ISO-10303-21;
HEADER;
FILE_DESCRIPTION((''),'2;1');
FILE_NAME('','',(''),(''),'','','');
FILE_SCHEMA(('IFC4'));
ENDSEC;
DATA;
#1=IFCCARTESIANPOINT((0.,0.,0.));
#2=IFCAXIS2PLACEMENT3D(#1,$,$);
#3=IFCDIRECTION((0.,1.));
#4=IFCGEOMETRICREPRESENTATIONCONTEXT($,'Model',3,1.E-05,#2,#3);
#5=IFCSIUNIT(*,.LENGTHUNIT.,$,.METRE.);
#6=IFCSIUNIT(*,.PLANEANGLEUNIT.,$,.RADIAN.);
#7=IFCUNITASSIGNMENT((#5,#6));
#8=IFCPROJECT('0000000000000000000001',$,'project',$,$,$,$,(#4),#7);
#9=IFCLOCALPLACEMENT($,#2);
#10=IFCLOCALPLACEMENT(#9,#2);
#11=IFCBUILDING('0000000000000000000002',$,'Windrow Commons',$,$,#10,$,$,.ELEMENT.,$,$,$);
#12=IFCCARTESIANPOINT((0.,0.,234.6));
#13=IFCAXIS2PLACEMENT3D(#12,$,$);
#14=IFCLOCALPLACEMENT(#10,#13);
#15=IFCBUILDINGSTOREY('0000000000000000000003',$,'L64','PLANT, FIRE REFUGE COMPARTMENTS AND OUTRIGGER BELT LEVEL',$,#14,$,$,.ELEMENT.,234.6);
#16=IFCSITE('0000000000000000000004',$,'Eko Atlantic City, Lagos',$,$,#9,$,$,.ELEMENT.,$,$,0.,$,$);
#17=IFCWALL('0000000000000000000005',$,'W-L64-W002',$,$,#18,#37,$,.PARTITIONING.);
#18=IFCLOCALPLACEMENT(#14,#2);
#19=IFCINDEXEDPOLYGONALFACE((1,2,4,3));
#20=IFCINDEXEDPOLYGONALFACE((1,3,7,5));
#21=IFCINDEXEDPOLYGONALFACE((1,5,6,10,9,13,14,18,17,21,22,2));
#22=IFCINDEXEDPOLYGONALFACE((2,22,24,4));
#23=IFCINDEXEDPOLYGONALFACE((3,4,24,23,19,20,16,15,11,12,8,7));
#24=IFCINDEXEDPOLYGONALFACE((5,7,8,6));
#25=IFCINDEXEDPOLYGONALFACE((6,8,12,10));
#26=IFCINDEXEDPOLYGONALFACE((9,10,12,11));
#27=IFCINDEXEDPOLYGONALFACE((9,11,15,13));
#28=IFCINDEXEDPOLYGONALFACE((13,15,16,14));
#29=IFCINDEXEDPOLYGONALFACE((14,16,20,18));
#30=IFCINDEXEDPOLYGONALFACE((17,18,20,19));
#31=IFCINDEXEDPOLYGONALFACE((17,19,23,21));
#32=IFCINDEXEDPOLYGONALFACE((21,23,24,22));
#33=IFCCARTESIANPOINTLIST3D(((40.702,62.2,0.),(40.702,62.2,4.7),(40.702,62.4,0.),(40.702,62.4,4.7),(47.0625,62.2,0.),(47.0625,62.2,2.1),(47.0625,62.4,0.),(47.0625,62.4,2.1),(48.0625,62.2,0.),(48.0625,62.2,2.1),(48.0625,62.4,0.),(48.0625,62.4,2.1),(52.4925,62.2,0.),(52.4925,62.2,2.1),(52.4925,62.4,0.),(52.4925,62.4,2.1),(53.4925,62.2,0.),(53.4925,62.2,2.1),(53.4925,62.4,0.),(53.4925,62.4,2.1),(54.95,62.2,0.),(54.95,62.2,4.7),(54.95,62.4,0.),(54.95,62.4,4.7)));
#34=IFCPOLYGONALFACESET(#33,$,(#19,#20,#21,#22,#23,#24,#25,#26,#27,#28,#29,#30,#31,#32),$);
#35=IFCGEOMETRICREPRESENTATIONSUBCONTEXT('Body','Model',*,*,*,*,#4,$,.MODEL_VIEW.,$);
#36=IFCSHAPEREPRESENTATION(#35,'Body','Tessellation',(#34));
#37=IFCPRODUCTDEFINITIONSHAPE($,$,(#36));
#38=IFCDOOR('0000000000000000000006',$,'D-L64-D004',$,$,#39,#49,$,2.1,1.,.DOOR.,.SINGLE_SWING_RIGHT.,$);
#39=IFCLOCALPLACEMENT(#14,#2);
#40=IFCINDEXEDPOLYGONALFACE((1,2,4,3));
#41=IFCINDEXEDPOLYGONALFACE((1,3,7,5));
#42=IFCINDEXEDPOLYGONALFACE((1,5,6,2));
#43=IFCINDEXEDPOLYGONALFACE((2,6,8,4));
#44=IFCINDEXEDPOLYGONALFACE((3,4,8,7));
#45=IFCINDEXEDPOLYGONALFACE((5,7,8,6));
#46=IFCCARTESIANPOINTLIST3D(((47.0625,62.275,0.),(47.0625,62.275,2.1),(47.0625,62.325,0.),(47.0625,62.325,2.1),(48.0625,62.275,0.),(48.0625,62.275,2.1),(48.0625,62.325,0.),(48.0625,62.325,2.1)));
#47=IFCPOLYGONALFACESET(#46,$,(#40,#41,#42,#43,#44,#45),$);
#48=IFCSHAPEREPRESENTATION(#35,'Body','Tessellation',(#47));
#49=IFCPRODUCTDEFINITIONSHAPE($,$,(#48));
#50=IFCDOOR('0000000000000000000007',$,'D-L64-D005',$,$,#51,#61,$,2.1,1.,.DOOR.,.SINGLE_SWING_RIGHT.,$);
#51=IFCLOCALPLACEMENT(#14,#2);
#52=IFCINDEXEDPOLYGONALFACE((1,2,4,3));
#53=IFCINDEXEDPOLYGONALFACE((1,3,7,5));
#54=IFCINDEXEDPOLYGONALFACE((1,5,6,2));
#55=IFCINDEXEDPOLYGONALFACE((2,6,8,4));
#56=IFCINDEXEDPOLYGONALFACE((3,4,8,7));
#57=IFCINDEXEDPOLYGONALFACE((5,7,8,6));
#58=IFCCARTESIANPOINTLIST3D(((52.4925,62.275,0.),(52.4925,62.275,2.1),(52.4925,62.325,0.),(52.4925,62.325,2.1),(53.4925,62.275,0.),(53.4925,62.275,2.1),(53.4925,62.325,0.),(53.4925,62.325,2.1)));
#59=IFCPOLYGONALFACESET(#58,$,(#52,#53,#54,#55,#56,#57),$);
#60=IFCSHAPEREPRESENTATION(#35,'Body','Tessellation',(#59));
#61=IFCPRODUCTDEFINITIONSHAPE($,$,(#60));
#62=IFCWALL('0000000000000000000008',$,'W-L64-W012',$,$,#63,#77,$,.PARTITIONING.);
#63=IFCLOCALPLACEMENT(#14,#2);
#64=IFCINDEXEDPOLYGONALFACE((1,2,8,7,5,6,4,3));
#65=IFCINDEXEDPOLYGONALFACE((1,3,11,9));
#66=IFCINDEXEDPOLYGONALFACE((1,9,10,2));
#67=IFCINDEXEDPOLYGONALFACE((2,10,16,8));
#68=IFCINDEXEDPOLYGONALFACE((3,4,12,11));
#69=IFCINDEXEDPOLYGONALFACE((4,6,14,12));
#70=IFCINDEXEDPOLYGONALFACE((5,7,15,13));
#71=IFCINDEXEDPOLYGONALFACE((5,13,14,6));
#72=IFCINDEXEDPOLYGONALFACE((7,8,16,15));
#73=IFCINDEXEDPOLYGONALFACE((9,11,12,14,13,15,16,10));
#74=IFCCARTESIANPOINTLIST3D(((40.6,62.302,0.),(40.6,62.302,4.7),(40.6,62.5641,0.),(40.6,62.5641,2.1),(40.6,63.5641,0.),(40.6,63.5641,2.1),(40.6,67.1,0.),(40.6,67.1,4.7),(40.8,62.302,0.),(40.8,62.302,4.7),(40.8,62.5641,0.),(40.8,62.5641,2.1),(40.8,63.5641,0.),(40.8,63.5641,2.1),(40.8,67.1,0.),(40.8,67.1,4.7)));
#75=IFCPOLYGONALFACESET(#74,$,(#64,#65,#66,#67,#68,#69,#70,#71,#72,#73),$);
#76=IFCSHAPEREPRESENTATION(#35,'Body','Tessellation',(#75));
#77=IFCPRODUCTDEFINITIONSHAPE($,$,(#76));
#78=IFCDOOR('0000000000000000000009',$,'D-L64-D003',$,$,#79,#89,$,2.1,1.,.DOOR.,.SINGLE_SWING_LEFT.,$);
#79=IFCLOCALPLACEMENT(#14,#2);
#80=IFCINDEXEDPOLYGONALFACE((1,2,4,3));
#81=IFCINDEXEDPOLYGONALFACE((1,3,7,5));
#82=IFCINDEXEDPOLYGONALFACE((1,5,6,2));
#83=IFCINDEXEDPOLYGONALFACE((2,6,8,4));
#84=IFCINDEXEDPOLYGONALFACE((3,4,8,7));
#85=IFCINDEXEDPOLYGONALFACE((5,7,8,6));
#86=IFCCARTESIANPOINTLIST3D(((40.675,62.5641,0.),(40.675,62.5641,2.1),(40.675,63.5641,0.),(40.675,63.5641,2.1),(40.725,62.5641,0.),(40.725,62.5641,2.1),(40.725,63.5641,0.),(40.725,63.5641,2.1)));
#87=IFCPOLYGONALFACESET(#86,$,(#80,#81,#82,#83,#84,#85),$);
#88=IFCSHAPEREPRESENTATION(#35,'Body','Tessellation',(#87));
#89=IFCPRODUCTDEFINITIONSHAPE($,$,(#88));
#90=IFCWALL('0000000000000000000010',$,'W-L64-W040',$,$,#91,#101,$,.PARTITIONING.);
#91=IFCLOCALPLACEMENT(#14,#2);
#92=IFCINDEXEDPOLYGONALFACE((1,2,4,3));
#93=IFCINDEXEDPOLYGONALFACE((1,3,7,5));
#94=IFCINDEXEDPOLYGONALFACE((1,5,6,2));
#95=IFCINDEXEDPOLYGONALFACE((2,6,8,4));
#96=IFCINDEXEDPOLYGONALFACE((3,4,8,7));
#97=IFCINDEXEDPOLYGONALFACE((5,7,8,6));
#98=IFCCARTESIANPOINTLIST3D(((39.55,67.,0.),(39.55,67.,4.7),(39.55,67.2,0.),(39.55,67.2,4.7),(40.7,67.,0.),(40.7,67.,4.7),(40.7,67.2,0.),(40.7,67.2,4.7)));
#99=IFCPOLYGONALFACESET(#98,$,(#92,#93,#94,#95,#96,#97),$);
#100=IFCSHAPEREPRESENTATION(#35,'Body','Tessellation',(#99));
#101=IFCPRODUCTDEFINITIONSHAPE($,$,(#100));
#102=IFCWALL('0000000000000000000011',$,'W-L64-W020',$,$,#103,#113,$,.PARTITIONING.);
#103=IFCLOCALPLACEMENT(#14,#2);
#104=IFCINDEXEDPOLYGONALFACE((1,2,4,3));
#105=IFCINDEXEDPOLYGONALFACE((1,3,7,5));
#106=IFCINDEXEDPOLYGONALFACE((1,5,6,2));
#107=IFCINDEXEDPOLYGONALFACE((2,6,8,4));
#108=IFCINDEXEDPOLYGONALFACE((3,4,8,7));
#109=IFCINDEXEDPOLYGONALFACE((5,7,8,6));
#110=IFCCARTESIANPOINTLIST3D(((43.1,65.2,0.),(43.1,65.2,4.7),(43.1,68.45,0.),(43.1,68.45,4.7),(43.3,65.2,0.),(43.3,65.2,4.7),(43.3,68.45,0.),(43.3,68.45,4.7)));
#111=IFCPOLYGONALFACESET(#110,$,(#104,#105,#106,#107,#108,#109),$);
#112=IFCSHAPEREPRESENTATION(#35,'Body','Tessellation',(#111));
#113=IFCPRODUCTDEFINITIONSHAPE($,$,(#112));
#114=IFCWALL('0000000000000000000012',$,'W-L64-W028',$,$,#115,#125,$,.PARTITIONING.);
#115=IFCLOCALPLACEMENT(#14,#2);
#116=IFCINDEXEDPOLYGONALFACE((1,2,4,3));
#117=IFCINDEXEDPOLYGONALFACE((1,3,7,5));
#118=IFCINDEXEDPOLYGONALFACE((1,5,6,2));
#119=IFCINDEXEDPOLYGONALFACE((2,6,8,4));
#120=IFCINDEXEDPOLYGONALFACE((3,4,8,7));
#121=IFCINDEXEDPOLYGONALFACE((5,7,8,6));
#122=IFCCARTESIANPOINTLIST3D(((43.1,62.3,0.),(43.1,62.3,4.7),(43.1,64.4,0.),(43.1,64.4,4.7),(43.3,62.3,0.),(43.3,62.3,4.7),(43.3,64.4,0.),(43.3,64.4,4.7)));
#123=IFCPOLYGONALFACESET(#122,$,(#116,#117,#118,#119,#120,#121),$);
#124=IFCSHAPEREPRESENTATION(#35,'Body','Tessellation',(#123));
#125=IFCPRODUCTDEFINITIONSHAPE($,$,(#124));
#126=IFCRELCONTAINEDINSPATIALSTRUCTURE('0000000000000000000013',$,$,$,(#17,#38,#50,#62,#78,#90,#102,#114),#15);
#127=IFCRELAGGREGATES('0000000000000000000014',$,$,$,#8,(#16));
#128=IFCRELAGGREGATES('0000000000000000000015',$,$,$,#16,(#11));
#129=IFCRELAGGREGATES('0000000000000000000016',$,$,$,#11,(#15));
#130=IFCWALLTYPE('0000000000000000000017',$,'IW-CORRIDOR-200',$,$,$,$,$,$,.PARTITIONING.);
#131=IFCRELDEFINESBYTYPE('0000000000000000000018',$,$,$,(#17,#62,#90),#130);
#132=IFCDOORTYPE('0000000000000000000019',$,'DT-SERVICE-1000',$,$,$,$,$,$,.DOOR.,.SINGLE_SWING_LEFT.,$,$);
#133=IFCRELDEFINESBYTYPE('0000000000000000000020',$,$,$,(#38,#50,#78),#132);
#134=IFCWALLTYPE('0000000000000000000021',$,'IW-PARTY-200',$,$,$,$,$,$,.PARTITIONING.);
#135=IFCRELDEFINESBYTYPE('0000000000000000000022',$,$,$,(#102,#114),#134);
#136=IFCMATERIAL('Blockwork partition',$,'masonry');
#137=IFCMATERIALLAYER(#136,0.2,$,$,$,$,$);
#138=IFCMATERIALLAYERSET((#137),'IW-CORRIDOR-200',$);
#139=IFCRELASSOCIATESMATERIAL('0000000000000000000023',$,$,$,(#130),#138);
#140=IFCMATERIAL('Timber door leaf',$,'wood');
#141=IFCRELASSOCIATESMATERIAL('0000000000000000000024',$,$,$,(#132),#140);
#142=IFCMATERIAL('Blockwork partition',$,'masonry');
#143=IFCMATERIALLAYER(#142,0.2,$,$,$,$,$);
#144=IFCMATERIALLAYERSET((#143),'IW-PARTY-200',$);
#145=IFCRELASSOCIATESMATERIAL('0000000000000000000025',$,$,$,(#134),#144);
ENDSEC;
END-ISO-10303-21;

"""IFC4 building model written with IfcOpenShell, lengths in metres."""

from ifc_helpers import new_model, si_unit, direction, frame, frame_2d, origin, place, context, subcontext, project, spatial, rectangle, extrude, material, layer, layer_set, type_object, element, fill, save


model = new_model("IFC4")

# Units and contexts
model_context = context("Model", 3, precision=1e-05, world=origin(), true_north=direction((0.0, 1.0)))
body_context = subcontext(model_context, "Body", "Model", "MODEL_VIEW")
ifc_project = project(units=[si_unit("LENGTHUNIT", "METRE"), si_unit("PLANEANGLEUNIT", "RADIAN")], contexts=[model_context])

# Site, building, storey
site_placement = place(None, origin())
site = spatial("IfcSite", under=ifc_project, at=site_placement, Name="Eko Atlantic City, Lagos", CompositionType="ELEMENT", RefElevation=0.0)
building_placement = place(site_placement, origin())
building = spatial("IfcBuilding", under=site, at=building_placement, Name="Windrow Commons", CompositionType="ELEMENT")
storey_placement = place(building_placement, frame((0.0, 0.0, 234.6)))
storey = spatial("IfcBuildingStorey", under=building, at=storey_placement, Name="L64", Description="PLANT, FIRE REFUGE COMPARTMENTS AND OUTRIGGER BELT LEVEL", CompositionType="ELEMENT", Elevation=234.6)

# Wall, openings, doors
ifc_material_1 = material(Name="Blockwork partition", Category="masonry")
ifc_layer_1 = layer(ifc_material_1, 0.2)
ifc_layer_set_1 = layer_set([ifc_layer_1], Name="IW-CORRIDOR-200")
wall_type_1 = type_object("IfcWallType", Name="IW-CORRIDOR-200", PredefinedType="PARTITIONING", material=ifc_layer_set_1)
wall_1_placement = place(storey_placement, frame((40.702, 62.3, 0.0), z_axis=(0.0, 0.0, 1.0), x_axis=(1.0, 0.0, 0.0)))
wall_1 = element("IfcWall", 1, at=wall_1_placement, inside=storey, type_object=wall_type_1, Name="W-L64-W002", PredefinedType="PARTITIONING", context=body_context, shape_type="SweptSolid", body=[
    extrude(rectangle(XDim=14.248, YDim=0.2, at=frame_2d((7.124, 0.0))), origin(), (0.0, 0.0, 1.0), 4.7),
])
opening_1_placement = place(wall_1_placement, frame((6.3605, 0.0, 0.0)))
opening_1 = element("IfcOpeningElement", 2, at=opening_1_placement, cuts=wall_1, PredefinedType="OPENING", context=body_context, shape_type="SweptSolid", body=[
    extrude(rectangle(XDim=1.0, YDim=2.1, at=frame_2d((0.5, 1.05))), frame((0.0, 0.11, 0.0), z_axis=(0.0, -1.0, 0.0), x_axis=(1.0, 0.0, 0.0)), (0.0, 0.0, 1.0), 0.22),
])
opening_2_placement = place(wall_1_placement, frame((11.7905, 0.0, 0.0)))
opening_2 = element("IfcOpeningElement", 3, at=opening_2_placement, cuts=wall_1, PredefinedType="OPENING", context=body_context, shape_type="SweptSolid", body=[
    extrude(rectangle(XDim=1.0, YDim=2.1, at=frame_2d((0.5, 1.05))), frame((0.0, 0.11, 0.0), z_axis=(0.0, -1.0, 0.0), x_axis=(1.0, 0.0, 0.0)), (0.0, 0.0, 1.0), 0.22),
])
ifc_material_2 = material(Name="Timber door leaf", Category="wood")
door_type = type_object("IfcDoorType", Name="DT-SERVICE-1000", OperationType="SINGLE_SWING_LEFT", PredefinedType="DOOR", material=ifc_material_2)
door_1_placement = place(opening_1_placement, origin())
door_1 = element("IfcDoor", 4, at=door_1_placement, inside=storey, type_object=door_type, Name="D-L64-D004", OperationType="SINGLE_SWING_RIGHT", OverallHeight=2.1, OverallWidth=1.0, PredefinedType="DOOR", context=body_context, shape_type="SweptSolid", body=[
    extrude(rectangle(XDim=1.0, YDim=2.1, at=frame_2d((0.5, 1.05))), frame((0.0, 0.025, 0.0), z_axis=(0.0, -1.0, 0.0), x_axis=(1.0, 0.0, 0.0)), (0.0, 0.0, 1.0), 0.05),
])
fill(opening_1, door_1)
door_2_placement = place(opening_2_placement, origin())
door_2 = element("IfcDoor", 5, at=door_2_placement, inside=storey, type_object=door_type, Name="D-L64-D005", OperationType="SINGLE_SWING_RIGHT", OverallHeight=2.1, OverallWidth=1.0, PredefinedType="DOOR", context=body_context, shape_type="SweptSolid", body=[
    extrude(rectangle(XDim=1.0, YDim=2.1, at=frame_2d((0.5, 1.05))), frame((0.0, 0.025, 0.0), z_axis=(0.0, -1.0, 0.0), x_axis=(1.0, 0.0, 0.0)), (0.0, 0.0, 1.0), 0.05),
])
fill(opening_2, door_2)

# Wall, opening, door
wall_2_placement = place(storey_placement, frame((40.7, 62.302, 0.0), z_axis=(0.0, 0.0, 1.0), x_axis=(0.0, 1.0, 0.0)))
wall_2 = element("IfcWall", 6, at=wall_2_placement, inside=storey, type_object=wall_type_1, Name="W-L64-W012", PredefinedType="PARTITIONING", context=body_context, shape_type="SweptSolid", body=[
    extrude(rectangle(XDim=4.798, YDim=0.2, at=frame_2d((2.399, 0.0))), origin(), (0.0, 0.0, 1.0), 4.7),
])
opening_3_placement = place(wall_2_placement, frame((0.2621, 0.0, 0.0)))
opening_3 = element("IfcOpeningElement", 7, at=opening_3_placement, cuts=wall_2, PredefinedType="OPENING", context=body_context, shape_type="SweptSolid", body=[
    extrude(rectangle(XDim=1.0, YDim=2.1, at=frame_2d((0.5, 1.05))), frame((0.0, 0.11, 0.0), z_axis=(0.0, -1.0, 0.0), x_axis=(1.0, 0.0, 0.0)), (0.0, 0.0, 1.0), 0.22),
])
door_3_placement = place(opening_3_placement, origin())
door_3 = element("IfcDoor", 8, at=door_3_placement, inside=storey, type_object=door_type, Name="D-L64-D003", OperationType="SINGLE_SWING_LEFT", OverallHeight=2.1, OverallWidth=1.0, PredefinedType="DOOR", context=body_context, shape_type="SweptSolid", body=[
    extrude(rectangle(XDim=1.0, YDim=2.1, at=frame_2d((0.5, 1.05))), frame((0.0, 0.025, 0.0), z_axis=(0.0, -1.0, 0.0), x_axis=(1.0, 0.0, 0.0)), (0.0, 0.0, 1.0), 0.05),
])
fill(opening_3, door_3)

# Walls
wall_3_placement = place(storey_placement, frame((39.55, 67.1, 0.0), z_axis=(0.0, 0.0, 1.0), x_axis=(1.0, 0.0, 0.0)))
element("IfcWall", 9, at=wall_3_placement, inside=storey, type_object=wall_type_1, Name="W-L64-W040", PredefinedType="PARTITIONING", context=body_context, shape_type="SweptSolid", body=[
    extrude(rectangle(XDim=1.15, YDim=0.2, at=frame_2d((0.575, 0.0))), origin(), (0.0, 0.0, 1.0), 4.7),
])
ifc_material_3 = material(Name="Blockwork partition", Category="masonry")
ifc_layer_2 = layer(ifc_material_3, 0.2)
ifc_layer_set_2 = layer_set([ifc_layer_2], Name="IW-PARTY-200")
wall_type_2 = type_object("IfcWallType", Name="IW-PARTY-200", PredefinedType="PARTITIONING", material=ifc_layer_set_2)
wall_4_placement = place(storey_placement, frame((43.2, 65.2, 0.0), z_axis=(0.0, 0.0, 1.0), x_axis=(0.0, 1.0, 0.0)))
element("IfcWall", 10, at=wall_4_placement, inside=storey, type_object=wall_type_2, Name="W-L64-W020", PredefinedType="PARTITIONING", context=body_context, shape_type="SweptSolid", body=[
    extrude(rectangle(XDim=3.25, YDim=0.2, at=frame_2d((1.625, 0.0))), origin(), (0.0, 0.0, 1.0), 4.7),
])
wall_5_placement = place(storey_placement, frame((43.2, 62.3, 0.0), z_axis=(0.0, 0.0, 1.0), x_axis=(0.0, 1.0, 0.0)))
element("IfcWall", 11, at=wall_5_placement, inside=storey, type_object=wall_type_2, Name="W-L64-W028", PredefinedType="PARTITIONING", context=body_context, shape_type="SweptSolid", body=[
    extrude(rectangle(XDim=2.1, YDim=0.2, at=frame_2d((1.05, 0.0))), origin(), (0.0, 0.0, 1.0), 4.7),
])

save(model, "model.ifc")
